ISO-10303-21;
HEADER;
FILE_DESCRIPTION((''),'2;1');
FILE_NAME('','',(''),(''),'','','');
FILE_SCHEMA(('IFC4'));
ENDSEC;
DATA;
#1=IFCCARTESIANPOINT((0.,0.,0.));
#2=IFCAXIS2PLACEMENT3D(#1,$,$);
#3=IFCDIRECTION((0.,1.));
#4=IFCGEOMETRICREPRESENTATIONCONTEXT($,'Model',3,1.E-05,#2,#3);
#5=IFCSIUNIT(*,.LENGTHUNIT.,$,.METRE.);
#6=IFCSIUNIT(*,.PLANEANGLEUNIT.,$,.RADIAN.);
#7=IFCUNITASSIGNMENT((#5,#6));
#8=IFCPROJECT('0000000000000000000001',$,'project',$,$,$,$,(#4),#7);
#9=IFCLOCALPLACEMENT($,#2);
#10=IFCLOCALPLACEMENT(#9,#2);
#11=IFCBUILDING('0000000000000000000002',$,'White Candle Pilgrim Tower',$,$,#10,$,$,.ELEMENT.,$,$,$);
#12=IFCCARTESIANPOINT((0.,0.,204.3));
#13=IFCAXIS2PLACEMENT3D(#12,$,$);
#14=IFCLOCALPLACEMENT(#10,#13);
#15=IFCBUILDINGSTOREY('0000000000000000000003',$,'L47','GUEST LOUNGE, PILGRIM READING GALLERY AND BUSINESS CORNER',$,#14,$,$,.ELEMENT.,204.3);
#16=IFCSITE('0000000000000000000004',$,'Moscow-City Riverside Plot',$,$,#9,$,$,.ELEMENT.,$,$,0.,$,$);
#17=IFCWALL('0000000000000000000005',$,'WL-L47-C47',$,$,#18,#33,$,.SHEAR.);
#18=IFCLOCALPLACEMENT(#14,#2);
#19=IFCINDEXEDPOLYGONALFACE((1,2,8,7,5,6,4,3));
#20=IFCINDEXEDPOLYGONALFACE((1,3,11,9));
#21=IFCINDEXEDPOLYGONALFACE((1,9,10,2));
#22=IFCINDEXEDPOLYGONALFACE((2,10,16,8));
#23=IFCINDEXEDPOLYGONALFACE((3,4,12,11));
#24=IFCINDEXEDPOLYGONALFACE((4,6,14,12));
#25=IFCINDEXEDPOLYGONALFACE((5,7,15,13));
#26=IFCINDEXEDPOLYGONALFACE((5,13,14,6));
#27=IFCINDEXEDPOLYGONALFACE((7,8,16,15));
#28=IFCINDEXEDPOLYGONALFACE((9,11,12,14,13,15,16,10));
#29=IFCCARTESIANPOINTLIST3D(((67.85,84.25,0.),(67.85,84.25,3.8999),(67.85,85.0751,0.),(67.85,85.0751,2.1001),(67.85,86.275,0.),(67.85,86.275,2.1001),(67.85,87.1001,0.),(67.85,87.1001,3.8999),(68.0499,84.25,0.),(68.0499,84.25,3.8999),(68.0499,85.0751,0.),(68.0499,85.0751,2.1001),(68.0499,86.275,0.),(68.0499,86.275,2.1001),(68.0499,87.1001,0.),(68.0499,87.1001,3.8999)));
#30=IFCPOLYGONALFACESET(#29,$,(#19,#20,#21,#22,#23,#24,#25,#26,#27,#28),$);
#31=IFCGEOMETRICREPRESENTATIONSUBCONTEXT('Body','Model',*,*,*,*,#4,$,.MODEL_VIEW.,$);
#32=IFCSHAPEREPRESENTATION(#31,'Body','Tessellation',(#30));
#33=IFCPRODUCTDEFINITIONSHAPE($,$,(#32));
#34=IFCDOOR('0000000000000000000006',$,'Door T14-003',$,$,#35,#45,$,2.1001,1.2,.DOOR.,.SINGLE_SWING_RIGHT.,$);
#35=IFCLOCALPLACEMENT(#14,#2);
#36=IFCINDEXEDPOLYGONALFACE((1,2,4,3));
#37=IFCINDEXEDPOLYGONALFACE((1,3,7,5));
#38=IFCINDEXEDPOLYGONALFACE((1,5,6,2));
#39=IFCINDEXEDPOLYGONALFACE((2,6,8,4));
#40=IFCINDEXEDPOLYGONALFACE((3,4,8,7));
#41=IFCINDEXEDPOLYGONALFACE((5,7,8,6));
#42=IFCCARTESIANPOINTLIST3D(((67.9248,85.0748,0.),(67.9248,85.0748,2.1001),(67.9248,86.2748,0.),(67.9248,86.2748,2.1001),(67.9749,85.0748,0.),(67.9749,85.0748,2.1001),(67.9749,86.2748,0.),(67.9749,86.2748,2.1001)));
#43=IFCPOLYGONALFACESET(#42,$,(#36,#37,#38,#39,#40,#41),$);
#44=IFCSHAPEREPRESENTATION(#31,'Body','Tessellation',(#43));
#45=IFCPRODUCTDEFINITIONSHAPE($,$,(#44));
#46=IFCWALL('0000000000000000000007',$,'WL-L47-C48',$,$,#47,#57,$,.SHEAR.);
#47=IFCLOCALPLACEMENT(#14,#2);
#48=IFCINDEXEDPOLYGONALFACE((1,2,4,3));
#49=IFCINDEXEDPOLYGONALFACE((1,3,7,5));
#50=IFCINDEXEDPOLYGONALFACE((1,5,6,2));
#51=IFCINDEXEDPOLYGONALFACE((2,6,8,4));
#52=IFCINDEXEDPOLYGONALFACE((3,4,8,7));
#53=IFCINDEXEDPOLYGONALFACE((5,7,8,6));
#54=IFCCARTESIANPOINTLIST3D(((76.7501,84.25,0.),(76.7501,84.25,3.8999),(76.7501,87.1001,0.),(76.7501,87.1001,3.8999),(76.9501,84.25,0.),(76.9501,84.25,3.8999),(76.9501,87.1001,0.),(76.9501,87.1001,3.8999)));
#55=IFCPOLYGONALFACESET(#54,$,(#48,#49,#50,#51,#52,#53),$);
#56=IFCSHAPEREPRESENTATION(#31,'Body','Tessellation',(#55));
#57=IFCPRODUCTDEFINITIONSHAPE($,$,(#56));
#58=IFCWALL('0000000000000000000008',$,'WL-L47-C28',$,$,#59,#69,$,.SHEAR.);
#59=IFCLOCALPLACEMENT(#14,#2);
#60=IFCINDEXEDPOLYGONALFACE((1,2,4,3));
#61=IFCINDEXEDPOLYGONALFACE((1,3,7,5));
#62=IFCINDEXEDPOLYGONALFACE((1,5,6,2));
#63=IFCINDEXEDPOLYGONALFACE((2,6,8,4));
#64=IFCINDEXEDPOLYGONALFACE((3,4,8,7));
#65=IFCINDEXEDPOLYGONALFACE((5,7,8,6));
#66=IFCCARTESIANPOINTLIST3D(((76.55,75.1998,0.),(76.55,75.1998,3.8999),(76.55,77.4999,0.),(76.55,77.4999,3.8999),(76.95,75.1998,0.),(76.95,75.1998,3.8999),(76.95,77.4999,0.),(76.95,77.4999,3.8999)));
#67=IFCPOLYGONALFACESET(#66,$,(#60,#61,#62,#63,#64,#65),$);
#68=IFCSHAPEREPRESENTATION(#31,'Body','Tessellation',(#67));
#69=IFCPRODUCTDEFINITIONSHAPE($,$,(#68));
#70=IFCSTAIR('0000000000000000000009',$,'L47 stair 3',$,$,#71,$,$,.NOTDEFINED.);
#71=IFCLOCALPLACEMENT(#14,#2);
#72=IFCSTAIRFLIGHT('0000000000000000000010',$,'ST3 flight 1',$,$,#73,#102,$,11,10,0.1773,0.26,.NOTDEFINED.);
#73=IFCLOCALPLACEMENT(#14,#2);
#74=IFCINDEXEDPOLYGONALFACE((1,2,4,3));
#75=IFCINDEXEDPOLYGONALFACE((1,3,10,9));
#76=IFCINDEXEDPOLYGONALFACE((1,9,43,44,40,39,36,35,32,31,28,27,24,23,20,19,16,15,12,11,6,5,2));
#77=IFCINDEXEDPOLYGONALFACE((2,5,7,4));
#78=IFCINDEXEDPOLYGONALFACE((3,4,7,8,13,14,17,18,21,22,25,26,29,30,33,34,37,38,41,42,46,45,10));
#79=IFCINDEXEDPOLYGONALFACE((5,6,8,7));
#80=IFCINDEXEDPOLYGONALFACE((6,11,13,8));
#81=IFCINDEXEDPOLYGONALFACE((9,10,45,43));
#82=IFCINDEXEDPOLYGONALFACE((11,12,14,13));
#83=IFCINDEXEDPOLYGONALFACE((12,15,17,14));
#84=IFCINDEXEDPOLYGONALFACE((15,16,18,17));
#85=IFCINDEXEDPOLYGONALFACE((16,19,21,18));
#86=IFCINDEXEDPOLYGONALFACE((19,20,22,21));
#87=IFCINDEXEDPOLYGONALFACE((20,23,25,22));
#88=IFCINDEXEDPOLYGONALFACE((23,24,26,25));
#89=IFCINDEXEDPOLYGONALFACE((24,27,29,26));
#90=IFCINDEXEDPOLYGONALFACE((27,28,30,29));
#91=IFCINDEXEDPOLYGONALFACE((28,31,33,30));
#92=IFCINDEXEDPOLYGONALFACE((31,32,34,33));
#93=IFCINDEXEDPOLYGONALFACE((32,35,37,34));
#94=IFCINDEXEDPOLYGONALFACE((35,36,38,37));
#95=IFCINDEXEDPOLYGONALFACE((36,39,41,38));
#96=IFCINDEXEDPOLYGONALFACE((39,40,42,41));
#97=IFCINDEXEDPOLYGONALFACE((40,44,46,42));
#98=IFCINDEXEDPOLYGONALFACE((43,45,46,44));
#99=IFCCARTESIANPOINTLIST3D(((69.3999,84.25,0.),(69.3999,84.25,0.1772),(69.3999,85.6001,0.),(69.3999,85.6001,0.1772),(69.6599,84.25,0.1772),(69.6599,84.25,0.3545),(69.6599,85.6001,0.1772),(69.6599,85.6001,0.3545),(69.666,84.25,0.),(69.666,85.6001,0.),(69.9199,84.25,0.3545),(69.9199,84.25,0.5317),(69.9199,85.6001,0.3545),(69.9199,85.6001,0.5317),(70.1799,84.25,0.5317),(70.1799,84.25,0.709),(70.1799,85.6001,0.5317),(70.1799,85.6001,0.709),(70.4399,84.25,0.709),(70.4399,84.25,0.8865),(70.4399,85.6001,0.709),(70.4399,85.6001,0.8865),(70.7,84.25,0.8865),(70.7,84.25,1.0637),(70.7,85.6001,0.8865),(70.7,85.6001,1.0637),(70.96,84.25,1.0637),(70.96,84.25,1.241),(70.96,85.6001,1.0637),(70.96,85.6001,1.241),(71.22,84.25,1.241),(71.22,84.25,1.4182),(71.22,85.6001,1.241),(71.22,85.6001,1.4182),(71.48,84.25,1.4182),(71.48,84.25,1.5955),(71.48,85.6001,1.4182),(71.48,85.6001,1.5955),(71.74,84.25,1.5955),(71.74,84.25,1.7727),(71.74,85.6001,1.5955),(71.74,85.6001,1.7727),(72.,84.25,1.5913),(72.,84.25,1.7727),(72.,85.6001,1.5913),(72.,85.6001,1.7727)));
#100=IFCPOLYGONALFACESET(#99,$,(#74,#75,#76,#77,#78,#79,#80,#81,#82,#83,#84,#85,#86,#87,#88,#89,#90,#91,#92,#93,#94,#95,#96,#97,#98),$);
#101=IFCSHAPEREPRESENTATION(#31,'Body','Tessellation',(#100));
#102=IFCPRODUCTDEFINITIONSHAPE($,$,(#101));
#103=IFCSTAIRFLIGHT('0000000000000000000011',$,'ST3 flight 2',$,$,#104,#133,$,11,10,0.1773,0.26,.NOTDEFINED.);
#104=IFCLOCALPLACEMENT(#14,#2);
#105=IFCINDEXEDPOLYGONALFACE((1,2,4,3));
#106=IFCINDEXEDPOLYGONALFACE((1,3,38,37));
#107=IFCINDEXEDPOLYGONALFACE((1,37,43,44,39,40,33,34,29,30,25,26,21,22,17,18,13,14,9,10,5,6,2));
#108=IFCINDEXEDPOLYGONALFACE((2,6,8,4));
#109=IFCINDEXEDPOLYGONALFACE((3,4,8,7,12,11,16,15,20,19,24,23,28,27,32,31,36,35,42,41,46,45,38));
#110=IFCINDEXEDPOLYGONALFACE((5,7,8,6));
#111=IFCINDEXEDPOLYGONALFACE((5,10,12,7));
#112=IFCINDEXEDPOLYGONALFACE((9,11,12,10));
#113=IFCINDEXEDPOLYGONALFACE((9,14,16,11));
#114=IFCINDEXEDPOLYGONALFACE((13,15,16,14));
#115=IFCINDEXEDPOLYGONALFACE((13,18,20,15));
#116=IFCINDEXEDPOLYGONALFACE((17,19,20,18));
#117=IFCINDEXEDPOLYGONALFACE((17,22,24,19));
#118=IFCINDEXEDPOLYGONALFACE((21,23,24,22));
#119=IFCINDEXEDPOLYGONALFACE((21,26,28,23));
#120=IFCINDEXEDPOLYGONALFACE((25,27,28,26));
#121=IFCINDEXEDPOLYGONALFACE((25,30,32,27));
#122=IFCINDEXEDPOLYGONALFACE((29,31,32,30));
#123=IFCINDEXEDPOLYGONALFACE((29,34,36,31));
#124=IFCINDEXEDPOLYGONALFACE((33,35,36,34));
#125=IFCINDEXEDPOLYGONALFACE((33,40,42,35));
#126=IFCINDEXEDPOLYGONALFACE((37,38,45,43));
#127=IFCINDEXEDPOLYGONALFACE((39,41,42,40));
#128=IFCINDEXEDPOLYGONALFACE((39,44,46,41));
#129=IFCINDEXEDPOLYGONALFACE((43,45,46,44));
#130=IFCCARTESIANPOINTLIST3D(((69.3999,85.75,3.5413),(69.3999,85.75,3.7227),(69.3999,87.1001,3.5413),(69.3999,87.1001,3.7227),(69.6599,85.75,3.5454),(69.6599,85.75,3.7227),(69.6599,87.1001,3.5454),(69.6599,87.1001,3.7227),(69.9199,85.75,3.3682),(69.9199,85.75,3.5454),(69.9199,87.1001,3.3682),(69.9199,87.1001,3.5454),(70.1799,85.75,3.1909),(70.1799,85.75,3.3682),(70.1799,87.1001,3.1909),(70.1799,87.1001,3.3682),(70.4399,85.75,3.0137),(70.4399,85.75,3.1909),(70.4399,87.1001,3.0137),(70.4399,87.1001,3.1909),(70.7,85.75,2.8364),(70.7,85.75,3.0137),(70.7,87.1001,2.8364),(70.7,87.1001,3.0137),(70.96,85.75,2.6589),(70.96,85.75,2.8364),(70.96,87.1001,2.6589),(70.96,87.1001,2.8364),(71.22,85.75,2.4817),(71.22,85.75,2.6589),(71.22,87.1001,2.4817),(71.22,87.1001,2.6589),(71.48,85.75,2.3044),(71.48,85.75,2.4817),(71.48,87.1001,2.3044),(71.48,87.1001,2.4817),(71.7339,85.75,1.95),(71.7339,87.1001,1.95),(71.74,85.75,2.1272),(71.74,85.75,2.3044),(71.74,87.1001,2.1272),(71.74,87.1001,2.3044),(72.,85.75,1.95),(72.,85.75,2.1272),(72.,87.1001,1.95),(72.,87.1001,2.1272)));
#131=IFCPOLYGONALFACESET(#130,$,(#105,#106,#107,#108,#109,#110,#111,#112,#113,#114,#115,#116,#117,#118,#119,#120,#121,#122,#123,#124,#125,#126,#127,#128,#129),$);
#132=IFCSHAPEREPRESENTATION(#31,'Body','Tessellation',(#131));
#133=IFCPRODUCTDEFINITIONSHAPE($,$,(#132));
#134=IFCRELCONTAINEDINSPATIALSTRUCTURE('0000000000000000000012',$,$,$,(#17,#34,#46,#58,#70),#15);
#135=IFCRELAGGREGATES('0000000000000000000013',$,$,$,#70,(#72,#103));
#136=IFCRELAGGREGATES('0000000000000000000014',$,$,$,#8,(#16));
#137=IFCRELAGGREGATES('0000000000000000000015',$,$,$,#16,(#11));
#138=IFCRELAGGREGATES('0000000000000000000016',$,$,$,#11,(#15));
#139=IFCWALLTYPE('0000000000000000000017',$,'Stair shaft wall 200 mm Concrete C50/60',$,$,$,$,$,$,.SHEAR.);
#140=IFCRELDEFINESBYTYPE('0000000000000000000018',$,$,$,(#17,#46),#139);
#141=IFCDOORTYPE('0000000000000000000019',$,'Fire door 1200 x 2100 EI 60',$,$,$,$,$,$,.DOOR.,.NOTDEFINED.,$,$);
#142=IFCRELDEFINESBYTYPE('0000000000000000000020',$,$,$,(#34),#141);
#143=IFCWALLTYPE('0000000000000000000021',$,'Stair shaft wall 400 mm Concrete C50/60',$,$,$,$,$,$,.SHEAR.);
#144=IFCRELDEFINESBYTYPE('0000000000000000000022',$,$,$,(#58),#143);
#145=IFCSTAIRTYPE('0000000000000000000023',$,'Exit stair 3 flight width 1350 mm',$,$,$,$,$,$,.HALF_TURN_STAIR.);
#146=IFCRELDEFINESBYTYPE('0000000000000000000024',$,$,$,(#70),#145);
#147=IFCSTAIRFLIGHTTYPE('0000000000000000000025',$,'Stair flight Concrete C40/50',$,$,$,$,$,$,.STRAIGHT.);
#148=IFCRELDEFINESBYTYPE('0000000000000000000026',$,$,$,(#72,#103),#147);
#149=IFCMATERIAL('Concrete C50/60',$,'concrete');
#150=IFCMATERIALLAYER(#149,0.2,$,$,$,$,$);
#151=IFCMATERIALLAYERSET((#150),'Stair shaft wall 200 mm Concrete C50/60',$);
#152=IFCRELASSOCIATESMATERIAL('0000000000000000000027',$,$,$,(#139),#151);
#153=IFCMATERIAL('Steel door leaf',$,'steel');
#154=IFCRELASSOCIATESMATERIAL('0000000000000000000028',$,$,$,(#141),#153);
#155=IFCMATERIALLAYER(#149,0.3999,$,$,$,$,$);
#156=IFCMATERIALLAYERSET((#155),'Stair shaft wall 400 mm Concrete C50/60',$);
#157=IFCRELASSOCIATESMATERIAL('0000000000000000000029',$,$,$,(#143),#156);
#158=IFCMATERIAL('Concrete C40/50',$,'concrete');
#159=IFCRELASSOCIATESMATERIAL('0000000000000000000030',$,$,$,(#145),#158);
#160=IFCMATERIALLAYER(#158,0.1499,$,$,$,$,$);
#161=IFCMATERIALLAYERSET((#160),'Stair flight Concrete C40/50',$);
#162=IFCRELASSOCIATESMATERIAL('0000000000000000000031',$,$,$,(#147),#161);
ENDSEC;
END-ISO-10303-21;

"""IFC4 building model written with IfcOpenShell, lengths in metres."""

from ifc_helpers import new_model, si_unit, direction, frame, frame_2d, origin, place, context, subcontext, project, spatial, polyline, rectangle, outline, extrude, material, layer, layer_set, type_object, element, fill, aggregate, save


model = new_model("IFC4")

# Units and contexts
model_context = context("Model", 3, precision=1e-05, world=origin(), true_north=direction((0.0, 1.0)))
body_context = subcontext(model_context, "Body", "Model", "MODEL_VIEW")
ifc_project = project(units=[si_unit("LENGTHUNIT", "METRE"), si_unit("PLANEANGLEUNIT", "RADIAN")], contexts=[model_context])

# Site, building, storey
site_placement = place(None, origin())
site = spatial("IfcSite", under=ifc_project, at=site_placement, Name="Moscow-City Riverside Plot", CompositionType="ELEMENT", RefElevation=0.0)
building_placement = place(site_placement, origin())
building = spatial("IfcBuilding", under=site, at=building_placement, Name="White Candle Pilgrim Tower", CompositionType="ELEMENT")
storey_placement = place(building_placement, frame((0.0, 0.0, 204.3)))
storey = spatial("IfcBuildingStorey", under=building, at=storey_placement, Name="L47", Description="GUEST LOUNGE, PILGRIM READING GALLERY AND BUSINESS CORNER", CompositionType="ELEMENT", Elevation=204.3)

# Shared definitions
ifc_material_1 = material(Name="Concrete C50/60", Category="concrete")

# Shared definitions
ifc_material_2 = material(Name="Steel door leaf", Category="steel")

# Shared definitions
ifc_layer_1 = layer(ifc_material_1, 0.2)
ifc_layer_set_1 = layer_set([ifc_layer_1], Name="Stair shaft wall 200 mm Concrete C50/60")
wall_type_1 = type_object("IfcWallType", Name="Stair shaft wall 200 mm Concrete C50/60", PredefinedType="SHEAR", material=ifc_layer_set_1)

# Wall, opening, door
wall_1_placement = place(storey_placement, frame((67.95, 84.25, 0.0), z_axis=(0.0, 0.0, 1.0), x_axis=(0.0, 1.0, 0.0)))
wall_1 = element("IfcWall", 1, at=wall_1_placement, inside=storey, type_object=wall_type_1, Name="WL-L47-C47", PredefinedType="SHEAR", context=body_context, shape_type="SweptSolid", body=[
    extrude(rectangle(XDim=2.8501, YDim=0.2, at=frame_2d((1.425, 0.0))), origin(), (0.0, 0.0, 1.0), 3.8999),
])
opening_1_placement = place(wall_1_placement, frame((0.825, 0.0, 0.0)))
opening_1 = element("IfcOpeningElement", 2, at=opening_1_placement, cuts=wall_1, PredefinedType="OPENING", context=body_context, shape_type="SweptSolid", body=[
    extrude(rectangle(XDim=1.2, YDim=2.1001, at=frame_2d((0.6001, 1.05))), frame((0.0, 0.1099, 0.0), z_axis=(0.0, -1.0, 0.0), x_axis=(1.0, 0.0, 0.0)), (0.0, 0.0, 1.0), 0.22),
])
door_type_1 = type_object("IfcDoorType", Name="Fire door 1200 x 2100 EI 60", OperationType="NOTDEFINED", PredefinedType="DOOR", material=ifc_material_2)
door_1_placement = place(opening_1_placement, frame((1.2, 0.0, 0.0), z_axis=(0.0, 0.0, 1.0), x_axis=(-1.0, 0.0, 0.0)))
door_1 = element("IfcDoor", 3, at=door_1_placement, inside=storey, type_object=door_type_1, Name="Door T14-003", OperationType="SINGLE_SWING_RIGHT", OverallHeight=2.1001, OverallWidth=1.2, PredefinedType="DOOR", context=body_context, shape_type="SweptSolid", body=[
    extrude(rectangle(XDim=1.2, YDim=2.1001, at=frame_2d((0.6001, 1.05))), frame((0.0, 0.0249, 0.0), z_axis=(0.0, -1.0, 0.0), x_axis=(1.0, 0.0, 0.0)), (0.0, 0.0, 1.0), 0.05),
])
fill(opening_1, door_1)

# Walls
wall_2_placement = place(storey_placement, frame((76.8501, 84.25, 0.0), z_axis=(0.0, 0.0, 1.0), x_axis=(0.0, 1.0, 0.0)))
element("IfcWall", 4, at=wall_2_placement, inside=storey, type_object=wall_type_1, Name="WL-L47-C48", PredefinedType="SHEAR", context=body_context, shape_type="SweptSolid", body=[
    extrude(rectangle(XDim=2.8501, YDim=0.2, at=frame_2d((1.425, 0.0))), origin(), (0.0, 0.0, 1.0), 3.8999),
])
ifc_layer_2 = layer(ifc_material_1, 0.3999)
ifc_layer_set_2 = layer_set([ifc_layer_2], Name="Stair shaft wall 400 mm Concrete C50/60")
wall_type_2 = type_object("IfcWallType", Name="Stair shaft wall 400 mm Concrete C50/60", PredefinedType="SHEAR", material=ifc_layer_set_2)
wall_3_placement = place(storey_placement, frame((76.75, 75.2, 0.0), z_axis=(0.0, 0.0, 1.0), x_axis=(0.0, 1.0, 0.0)))
element("IfcWall", 5, at=wall_3_placement, inside=storey, type_object=wall_type_2, Name="WL-L47-C28", PredefinedType="SHEAR", context=body_context, shape_type="SweptSolid", body=[
    extrude(rectangle(XDim=2.3, YDim=0.3999, at=frame_2d((1.1499, 0.0))), origin(), (0.0, 0.0, 1.0), 3.8999),
])

# Stair, stair flights
ifc_material_3 = material(Name="Concrete C40/50", Category="concrete")
stair_type = type_object("IfcStairType", Name="Exit stair 3 flight width 1350 mm", PredefinedType="HALF_TURN_STAIR", material=ifc_material_3)
stair_placement = place(storey_placement, origin())
stair = element("IfcStair", 6, at=stair_placement, inside=storey, type_object=stair_type, Name="L47 stair 3", PredefinedType="NOTDEFINED")
ifc_layer_3 = layer(ifc_material_3, 0.1499)
ifc_layer_set_3 = layer_set([ifc_layer_3], Name="Stair flight Concrete C40/50")
stair_flight_type = type_object("IfcStairFlightType", Name="Stair flight Concrete C40/50", PredefinedType="STRAIGHT", material=ifc_layer_set_3)
stair_flight_1_placement = place(storey_placement, frame((69.3999, 84.925, 0.0), z_axis=(0.0, 0.0, 1.0), x_axis=(1.0, 0.0, 0.0)))
stair_flight_1 = element("IfcStairFlight", 7, at=stair_flight_1_placement, type_object=stair_flight_type, Name="ST3 flight 1", NumberOfRisers=11, NumberOfTreads=10, PredefinedType="NOTDEFINED", RiserHeight=0.1773, TreadLength=0.26, context=body_context, shape_type="SweptSolid", body=[
    extrude(outline(polyline([(0.0, 0.0), (0.0, 0.1772), (0.26, 0.1772), (0.26, 0.3545), (0.52, 0.3545), (0.52, 0.5317), (0.78, 0.5317), (0.78, 0.709), (1.04, 0.709), (1.04, 0.8865), (1.3, 0.8865), (1.3, 1.0637), (1.5601, 1.0637), (1.5601, 1.241), (1.8201, 1.241), (1.8201, 1.4182), (2.0801, 1.4182), (2.0801, 1.5955), (2.3401, 1.5955), (2.3401, 1.7727), (2.6001, 1.7727), (2.6001, 1.95), (2.6001, 1.5913), (0.2661, 0.0), (0.0, 0.0)])), frame((0.0, 0.675, 0.0), z_axis=(0.0, -1.0, 0.0), x_axis=(1.0, 0.0, 0.0)), (0.0, 0.0, 1.0), 1.3501),
])
stair_flight_2_placement = place(storey_placement, frame((72.0, 86.425, 1.95), z_axis=(0.0, 0.0, 1.0), x_axis=(-1.0, 0.0, 0.0)))
stair_flight_2 = element("IfcStairFlight", 8, at=stair_flight_2_placement, type_object=stair_flight_type, Name="ST3 flight 2", NumberOfRisers=11, NumberOfTreads=10, PredefinedType="NOTDEFINED", RiserHeight=0.1773, TreadLength=0.26, context=body_context, shape_type="SweptSolid", body=[
    extrude(outline(polyline([(0.0, 0.0), (0.0, 0.1772), (0.26, 0.1772), (0.26, 0.3545), (0.52, 0.3545), (0.52, 0.5317), (0.78, 0.5317), (0.78, 0.709), (1.04, 0.709), (1.04, 0.8865), (1.3, 0.8865), (1.3, 1.0637), (1.5601, 1.0637), (1.5601, 1.241), (1.8201, 1.241), (1.8201, 1.4182), (2.0801, 1.4182), (2.0801, 1.5955), (2.3401, 1.5955), (2.3401, 1.7727), (2.6001, 1.7727), (2.6001, 1.95), (2.6001, 1.5913), (0.2661, 0.0), (0.0, 0.0)])), frame((0.0, 0.675, 0.0), z_axis=(0.0, -1.0, 0.0), x_axis=(1.0, 0.0, 0.0)), (0.0, 0.0, 1.0), 1.3501),
])
aggregate(stair, [stair_flight_1, stair_flight_2])

save(model, "model.ifc")
